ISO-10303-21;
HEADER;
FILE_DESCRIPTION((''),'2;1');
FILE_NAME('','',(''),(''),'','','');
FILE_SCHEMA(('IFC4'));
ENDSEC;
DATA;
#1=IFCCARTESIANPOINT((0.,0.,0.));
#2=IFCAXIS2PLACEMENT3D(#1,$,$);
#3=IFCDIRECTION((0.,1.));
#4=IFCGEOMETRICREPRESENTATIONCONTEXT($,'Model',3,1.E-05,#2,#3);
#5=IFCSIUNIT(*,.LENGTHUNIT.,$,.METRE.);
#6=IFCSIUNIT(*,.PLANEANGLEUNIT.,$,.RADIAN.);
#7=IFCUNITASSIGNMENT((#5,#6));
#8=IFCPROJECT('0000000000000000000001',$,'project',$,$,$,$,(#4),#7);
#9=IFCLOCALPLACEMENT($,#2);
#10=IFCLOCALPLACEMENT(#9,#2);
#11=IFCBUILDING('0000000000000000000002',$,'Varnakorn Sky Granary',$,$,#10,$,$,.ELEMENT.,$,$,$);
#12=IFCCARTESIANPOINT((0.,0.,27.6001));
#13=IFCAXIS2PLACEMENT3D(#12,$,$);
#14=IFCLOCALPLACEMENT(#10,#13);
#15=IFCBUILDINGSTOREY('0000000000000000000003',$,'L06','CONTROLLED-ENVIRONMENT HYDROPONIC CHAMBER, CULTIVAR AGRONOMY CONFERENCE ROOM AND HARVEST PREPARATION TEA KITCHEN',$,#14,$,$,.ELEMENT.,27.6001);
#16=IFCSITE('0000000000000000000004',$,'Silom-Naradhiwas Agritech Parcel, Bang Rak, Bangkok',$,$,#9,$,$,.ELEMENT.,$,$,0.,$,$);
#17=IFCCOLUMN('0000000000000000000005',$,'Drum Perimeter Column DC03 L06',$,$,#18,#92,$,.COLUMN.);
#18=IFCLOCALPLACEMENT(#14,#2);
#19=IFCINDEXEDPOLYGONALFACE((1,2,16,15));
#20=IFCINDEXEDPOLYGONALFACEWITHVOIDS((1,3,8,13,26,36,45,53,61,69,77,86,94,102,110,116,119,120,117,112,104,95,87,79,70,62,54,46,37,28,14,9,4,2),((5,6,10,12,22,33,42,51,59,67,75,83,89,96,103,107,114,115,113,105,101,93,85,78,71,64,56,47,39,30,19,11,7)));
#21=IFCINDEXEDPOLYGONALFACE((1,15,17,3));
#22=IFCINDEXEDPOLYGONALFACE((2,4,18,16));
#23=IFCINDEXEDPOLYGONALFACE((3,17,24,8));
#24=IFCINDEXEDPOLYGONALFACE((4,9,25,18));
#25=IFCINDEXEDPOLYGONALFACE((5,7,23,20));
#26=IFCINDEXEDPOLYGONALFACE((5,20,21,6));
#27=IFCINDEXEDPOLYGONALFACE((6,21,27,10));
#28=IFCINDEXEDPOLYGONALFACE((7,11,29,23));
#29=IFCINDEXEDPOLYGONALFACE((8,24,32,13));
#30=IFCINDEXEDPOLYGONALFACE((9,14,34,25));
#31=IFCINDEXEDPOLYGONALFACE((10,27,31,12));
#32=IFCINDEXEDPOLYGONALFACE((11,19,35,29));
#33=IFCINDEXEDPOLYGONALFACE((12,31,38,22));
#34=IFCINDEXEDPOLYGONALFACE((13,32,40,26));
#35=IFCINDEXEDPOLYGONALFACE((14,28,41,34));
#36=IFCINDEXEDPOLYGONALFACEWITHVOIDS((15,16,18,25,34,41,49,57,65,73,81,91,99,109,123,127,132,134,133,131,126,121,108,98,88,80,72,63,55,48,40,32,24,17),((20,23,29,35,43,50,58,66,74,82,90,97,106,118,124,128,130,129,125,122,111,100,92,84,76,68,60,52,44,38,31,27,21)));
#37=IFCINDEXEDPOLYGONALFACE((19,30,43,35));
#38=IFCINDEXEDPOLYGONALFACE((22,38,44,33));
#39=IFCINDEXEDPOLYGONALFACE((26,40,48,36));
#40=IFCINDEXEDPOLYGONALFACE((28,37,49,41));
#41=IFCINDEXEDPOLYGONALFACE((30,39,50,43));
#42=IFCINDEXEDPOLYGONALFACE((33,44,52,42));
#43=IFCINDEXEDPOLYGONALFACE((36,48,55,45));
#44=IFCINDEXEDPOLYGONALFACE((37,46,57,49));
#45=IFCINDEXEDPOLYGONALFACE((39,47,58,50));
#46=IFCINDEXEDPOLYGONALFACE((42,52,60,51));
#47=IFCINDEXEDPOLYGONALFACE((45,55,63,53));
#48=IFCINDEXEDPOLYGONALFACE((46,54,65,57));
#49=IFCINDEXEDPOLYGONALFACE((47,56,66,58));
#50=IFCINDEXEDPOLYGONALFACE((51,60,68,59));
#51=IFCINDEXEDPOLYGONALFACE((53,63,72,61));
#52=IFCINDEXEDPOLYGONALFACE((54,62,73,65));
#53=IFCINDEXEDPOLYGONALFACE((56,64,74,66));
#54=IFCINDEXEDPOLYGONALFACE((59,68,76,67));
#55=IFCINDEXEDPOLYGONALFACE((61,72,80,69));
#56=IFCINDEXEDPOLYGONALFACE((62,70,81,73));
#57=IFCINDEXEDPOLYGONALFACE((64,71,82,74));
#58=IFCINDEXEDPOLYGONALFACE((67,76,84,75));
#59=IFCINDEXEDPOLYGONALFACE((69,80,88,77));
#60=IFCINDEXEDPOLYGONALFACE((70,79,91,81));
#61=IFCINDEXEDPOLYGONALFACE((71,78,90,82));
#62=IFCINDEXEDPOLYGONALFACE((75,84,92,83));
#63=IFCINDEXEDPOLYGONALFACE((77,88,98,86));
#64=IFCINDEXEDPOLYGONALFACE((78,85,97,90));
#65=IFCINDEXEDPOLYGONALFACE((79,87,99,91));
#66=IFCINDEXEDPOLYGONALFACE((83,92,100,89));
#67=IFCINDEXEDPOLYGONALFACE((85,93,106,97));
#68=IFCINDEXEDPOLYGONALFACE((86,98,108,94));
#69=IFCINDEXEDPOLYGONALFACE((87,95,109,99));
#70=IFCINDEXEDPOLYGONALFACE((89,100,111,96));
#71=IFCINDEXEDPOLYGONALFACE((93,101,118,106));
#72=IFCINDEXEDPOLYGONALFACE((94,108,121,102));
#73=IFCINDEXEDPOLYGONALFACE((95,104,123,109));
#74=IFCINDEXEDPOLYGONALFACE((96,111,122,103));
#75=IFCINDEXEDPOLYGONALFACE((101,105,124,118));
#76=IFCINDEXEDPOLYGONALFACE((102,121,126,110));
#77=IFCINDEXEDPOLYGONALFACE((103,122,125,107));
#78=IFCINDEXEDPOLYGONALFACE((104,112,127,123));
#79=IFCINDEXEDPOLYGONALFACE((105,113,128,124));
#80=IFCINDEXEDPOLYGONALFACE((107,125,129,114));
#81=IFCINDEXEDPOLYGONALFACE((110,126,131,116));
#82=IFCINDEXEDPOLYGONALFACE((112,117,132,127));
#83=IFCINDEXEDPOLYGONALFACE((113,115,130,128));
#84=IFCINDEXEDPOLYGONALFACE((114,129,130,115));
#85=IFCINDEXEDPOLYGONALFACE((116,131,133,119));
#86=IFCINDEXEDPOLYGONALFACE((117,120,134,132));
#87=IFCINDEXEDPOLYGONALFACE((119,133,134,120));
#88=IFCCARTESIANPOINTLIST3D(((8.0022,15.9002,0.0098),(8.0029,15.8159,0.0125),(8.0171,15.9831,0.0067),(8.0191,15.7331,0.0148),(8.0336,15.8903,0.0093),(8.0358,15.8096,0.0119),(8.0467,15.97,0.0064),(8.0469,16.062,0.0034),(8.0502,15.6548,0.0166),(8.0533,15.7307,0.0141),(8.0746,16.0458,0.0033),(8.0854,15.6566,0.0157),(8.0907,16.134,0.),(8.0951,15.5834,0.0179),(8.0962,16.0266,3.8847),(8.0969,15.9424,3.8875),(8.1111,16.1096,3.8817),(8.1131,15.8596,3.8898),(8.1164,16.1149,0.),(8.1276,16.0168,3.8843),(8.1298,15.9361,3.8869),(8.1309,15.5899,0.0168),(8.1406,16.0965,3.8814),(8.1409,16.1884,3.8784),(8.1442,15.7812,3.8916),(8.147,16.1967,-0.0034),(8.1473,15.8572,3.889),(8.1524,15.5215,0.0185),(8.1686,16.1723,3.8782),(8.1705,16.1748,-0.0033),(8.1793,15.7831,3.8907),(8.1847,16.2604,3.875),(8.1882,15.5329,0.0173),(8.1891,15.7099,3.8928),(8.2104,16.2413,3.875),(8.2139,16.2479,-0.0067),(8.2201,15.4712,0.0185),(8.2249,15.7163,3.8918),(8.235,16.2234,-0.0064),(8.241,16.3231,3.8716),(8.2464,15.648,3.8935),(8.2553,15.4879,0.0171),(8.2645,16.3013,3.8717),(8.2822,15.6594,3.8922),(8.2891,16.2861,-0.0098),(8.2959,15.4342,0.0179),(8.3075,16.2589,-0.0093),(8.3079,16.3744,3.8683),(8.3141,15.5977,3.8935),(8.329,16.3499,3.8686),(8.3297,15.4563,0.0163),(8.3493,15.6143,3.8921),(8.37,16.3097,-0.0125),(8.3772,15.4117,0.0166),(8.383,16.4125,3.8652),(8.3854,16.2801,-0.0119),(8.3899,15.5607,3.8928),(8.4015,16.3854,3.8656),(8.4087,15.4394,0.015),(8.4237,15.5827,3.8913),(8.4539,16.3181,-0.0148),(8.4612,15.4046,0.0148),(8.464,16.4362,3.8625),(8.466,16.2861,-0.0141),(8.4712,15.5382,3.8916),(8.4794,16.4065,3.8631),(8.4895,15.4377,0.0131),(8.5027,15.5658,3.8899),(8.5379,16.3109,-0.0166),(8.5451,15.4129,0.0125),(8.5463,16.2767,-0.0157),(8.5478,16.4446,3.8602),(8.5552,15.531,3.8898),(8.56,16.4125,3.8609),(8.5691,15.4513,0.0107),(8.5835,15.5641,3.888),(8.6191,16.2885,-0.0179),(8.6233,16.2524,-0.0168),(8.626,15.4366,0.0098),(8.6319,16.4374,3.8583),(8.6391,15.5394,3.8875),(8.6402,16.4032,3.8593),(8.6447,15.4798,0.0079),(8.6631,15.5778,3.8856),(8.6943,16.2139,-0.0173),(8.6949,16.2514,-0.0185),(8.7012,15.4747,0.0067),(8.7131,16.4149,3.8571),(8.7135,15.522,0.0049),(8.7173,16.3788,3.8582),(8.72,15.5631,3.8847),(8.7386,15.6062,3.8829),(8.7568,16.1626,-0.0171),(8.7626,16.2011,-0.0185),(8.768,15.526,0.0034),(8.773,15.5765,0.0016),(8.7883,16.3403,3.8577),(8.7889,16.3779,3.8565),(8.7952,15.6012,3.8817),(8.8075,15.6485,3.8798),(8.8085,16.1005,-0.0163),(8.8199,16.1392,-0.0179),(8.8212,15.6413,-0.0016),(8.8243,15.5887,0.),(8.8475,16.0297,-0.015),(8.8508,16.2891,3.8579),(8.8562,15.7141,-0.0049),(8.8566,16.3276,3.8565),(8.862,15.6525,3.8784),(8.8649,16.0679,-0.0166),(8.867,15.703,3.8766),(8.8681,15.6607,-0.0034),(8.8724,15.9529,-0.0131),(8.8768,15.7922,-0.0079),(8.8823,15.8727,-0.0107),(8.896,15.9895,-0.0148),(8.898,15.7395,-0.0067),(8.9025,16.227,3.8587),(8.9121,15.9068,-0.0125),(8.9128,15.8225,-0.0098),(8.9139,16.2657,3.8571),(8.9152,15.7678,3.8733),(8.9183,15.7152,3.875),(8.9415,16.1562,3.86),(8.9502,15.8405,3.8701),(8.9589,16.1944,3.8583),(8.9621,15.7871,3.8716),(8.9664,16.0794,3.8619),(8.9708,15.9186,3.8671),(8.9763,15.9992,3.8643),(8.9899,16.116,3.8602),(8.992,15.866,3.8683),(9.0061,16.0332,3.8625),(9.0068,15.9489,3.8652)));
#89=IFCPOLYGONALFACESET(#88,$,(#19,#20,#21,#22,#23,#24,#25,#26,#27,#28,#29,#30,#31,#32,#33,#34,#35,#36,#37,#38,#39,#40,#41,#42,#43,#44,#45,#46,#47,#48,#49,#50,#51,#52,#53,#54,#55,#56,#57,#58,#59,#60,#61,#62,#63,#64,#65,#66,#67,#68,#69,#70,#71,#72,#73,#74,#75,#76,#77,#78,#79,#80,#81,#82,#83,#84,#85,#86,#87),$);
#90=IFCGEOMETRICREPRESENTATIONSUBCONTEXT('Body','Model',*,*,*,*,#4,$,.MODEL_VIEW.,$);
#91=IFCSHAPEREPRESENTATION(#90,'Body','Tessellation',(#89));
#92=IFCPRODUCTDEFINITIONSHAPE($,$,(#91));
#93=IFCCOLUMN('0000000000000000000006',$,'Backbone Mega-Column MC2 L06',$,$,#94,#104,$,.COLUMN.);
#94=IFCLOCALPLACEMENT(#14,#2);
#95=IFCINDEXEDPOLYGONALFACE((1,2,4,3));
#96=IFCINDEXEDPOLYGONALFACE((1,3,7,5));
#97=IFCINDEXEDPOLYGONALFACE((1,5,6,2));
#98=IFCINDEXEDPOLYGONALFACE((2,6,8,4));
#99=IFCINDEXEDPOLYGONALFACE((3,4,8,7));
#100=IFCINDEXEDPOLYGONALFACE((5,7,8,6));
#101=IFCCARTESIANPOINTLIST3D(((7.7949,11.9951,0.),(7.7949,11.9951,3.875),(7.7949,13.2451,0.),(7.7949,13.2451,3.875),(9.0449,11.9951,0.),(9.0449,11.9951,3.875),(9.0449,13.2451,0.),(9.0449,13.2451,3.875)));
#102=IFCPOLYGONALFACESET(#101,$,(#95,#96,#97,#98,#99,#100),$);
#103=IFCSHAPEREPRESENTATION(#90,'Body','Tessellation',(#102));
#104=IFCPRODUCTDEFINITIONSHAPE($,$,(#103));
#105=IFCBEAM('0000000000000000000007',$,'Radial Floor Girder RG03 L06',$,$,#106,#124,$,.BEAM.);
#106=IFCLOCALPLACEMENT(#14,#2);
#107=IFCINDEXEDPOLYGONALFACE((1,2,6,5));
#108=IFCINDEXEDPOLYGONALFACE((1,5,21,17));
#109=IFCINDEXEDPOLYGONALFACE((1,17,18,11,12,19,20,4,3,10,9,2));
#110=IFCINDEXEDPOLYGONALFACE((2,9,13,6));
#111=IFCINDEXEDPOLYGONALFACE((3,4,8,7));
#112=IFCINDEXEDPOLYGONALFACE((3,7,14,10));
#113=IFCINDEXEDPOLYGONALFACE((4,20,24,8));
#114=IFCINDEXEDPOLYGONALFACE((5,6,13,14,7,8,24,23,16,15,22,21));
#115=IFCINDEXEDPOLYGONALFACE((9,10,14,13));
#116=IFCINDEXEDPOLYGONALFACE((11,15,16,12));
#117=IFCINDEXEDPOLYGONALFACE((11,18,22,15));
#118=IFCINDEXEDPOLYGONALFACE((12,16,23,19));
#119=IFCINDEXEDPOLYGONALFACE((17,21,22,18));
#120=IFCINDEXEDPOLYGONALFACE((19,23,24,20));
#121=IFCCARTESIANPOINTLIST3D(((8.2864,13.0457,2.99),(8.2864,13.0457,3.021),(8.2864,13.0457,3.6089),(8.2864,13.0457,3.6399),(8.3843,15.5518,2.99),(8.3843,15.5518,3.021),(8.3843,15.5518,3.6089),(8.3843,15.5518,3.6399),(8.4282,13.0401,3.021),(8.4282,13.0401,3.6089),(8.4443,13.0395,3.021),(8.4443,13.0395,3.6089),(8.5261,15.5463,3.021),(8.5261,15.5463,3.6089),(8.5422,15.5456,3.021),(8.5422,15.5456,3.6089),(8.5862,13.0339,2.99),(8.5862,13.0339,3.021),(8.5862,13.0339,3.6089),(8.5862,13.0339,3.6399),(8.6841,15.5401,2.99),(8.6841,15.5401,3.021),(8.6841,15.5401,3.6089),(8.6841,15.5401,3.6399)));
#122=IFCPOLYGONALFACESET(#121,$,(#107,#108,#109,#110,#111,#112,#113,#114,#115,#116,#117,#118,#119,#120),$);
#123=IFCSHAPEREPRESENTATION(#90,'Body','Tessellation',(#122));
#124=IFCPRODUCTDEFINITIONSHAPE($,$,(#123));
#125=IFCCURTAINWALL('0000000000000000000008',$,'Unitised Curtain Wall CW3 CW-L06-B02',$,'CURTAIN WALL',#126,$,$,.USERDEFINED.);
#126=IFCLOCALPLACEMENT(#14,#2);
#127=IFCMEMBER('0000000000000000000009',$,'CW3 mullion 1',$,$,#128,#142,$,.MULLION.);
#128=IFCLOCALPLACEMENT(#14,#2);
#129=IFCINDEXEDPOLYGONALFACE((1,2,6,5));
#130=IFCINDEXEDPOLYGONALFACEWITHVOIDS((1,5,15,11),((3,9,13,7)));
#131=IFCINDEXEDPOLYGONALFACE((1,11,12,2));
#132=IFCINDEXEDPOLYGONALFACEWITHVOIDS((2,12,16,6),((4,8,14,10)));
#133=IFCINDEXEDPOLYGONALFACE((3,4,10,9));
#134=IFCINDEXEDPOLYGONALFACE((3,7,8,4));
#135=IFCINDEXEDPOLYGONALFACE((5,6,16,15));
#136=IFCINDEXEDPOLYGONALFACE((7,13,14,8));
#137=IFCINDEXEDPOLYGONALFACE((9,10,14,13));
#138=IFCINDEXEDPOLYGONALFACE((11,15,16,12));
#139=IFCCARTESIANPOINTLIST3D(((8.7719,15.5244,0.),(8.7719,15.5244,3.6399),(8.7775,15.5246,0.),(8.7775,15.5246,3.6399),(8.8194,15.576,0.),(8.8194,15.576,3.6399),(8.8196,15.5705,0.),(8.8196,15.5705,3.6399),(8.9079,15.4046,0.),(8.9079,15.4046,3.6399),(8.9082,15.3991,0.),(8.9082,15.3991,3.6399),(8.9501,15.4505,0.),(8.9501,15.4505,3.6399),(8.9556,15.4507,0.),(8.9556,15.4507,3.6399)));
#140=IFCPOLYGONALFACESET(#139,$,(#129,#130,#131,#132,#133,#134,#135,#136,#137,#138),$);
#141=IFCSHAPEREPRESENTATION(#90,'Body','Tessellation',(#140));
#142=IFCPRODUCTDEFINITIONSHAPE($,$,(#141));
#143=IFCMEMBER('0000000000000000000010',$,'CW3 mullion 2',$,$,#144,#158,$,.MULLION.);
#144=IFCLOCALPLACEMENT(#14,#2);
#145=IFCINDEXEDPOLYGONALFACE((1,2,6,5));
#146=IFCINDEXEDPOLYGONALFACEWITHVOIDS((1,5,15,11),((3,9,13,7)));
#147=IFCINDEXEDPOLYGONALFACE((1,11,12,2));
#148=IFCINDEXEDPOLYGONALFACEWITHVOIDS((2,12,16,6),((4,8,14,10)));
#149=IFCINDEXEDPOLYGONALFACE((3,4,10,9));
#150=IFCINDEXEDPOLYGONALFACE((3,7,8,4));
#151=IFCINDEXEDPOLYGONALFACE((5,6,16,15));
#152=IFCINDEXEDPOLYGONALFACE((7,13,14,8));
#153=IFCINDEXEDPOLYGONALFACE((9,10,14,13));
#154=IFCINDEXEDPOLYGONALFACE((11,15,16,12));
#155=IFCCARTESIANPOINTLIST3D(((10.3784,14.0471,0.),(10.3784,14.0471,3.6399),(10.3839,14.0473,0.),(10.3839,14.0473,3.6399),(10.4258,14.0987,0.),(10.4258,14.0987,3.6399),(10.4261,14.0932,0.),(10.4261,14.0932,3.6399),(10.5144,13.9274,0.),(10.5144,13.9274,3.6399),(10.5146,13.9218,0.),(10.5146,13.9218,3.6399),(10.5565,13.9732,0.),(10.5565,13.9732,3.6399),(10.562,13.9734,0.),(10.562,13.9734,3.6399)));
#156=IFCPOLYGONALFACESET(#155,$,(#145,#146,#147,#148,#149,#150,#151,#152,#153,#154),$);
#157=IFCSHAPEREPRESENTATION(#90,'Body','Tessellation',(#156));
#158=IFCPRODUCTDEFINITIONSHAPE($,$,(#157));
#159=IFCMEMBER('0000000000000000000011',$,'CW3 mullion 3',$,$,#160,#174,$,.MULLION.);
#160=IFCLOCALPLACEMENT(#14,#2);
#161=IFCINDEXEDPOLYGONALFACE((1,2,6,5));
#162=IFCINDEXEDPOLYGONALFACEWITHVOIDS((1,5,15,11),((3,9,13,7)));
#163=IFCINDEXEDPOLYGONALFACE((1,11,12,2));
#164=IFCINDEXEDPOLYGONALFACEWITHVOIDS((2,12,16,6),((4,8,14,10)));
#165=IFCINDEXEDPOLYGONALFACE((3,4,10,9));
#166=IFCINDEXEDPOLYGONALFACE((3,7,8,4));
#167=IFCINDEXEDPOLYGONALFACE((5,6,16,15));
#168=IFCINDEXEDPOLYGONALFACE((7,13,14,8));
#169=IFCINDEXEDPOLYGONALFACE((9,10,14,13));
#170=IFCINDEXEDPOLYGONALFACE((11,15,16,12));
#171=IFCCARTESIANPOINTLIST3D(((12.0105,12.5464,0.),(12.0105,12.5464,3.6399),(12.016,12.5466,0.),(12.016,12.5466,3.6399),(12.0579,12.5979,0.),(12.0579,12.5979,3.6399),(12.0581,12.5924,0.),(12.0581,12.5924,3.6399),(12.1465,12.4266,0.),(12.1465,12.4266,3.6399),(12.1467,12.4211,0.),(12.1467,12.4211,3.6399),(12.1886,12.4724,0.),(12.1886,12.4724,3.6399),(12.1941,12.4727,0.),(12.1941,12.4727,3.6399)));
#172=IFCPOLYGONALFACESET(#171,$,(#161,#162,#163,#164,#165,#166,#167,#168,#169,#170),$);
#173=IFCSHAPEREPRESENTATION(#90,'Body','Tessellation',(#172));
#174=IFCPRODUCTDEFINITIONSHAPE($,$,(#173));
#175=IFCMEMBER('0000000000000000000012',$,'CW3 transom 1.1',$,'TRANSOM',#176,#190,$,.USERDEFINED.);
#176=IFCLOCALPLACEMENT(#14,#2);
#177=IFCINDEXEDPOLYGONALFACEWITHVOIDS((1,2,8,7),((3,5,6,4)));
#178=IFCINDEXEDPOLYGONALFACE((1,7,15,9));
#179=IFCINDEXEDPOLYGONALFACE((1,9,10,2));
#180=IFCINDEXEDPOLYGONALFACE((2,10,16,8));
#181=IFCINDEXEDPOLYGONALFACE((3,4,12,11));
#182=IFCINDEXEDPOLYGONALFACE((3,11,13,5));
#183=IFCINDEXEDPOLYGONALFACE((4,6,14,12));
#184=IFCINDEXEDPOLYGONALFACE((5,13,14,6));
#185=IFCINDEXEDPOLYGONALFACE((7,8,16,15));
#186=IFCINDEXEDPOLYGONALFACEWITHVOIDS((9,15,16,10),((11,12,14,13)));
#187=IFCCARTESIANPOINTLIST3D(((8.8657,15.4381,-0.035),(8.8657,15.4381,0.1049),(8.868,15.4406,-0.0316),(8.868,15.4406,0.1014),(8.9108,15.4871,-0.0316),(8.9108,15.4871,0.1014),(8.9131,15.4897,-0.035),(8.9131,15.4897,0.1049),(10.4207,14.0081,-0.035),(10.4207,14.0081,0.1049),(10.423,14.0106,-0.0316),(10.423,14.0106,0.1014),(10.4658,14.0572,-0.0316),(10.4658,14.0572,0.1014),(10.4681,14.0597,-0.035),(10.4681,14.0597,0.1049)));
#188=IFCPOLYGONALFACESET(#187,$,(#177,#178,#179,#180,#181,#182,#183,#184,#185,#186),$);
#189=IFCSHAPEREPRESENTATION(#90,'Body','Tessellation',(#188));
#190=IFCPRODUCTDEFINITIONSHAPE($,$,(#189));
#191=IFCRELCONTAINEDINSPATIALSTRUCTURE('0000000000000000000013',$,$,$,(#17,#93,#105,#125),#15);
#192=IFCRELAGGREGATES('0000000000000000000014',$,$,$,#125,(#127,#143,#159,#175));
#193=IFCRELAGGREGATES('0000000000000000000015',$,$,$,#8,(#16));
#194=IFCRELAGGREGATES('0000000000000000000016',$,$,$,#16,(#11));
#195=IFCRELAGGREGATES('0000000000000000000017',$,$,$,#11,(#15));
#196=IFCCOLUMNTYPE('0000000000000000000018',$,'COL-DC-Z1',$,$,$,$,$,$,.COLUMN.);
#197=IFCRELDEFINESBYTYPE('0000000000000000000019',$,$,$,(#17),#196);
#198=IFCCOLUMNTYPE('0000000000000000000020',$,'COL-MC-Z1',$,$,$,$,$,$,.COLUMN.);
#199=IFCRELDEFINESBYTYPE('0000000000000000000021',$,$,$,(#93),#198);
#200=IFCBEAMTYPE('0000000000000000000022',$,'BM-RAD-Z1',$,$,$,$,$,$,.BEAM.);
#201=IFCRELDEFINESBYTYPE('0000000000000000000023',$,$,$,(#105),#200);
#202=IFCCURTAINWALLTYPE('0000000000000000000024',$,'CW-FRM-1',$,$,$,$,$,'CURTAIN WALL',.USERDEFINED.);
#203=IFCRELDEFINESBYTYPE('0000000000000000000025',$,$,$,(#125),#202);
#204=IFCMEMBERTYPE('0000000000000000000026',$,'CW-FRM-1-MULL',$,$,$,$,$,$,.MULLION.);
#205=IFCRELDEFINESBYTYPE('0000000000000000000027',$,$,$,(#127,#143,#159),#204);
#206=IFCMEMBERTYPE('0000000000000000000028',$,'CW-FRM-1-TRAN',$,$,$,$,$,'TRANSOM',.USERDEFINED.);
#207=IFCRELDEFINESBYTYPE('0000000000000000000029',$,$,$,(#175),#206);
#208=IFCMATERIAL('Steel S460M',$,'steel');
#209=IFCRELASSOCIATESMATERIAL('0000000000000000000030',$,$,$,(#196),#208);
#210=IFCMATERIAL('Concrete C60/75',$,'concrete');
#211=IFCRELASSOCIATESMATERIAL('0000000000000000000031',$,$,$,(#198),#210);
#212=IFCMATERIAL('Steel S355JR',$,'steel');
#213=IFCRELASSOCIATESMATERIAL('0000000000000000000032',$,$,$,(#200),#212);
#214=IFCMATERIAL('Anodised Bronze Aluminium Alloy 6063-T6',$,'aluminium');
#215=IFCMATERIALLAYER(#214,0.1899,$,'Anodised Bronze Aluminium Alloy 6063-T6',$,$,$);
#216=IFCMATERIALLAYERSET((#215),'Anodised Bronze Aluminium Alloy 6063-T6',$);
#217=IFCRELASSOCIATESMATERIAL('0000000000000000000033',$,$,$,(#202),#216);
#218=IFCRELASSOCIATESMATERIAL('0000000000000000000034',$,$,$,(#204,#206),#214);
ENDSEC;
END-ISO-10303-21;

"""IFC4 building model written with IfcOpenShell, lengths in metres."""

from ifc_helpers import new_model, si_unit, direction, frame, origin, origin_2d, place, context, subcontext, project, spatial, rectangle, hollow_rectangle, hollow_circle, i_section, extrude, material, layer, layer_set, material_profile, profile_set, type_object, element, aggregate, save


model = new_model("IFC4")

# Units and contexts
model_context = context("Model", 3, precision=1e-05, world=origin(), true_north=direction((0.0, 1.0)))
body_context = subcontext(model_context, "Body", "Model", "MODEL_VIEW")
ifc_project = project(units=[si_unit("LENGTHUNIT", "METRE"), si_unit("PLANEANGLEUNIT", "RADIAN")], contexts=[model_context])

# Site, building, storey
site_placement = place(None, origin())
site = spatial("IfcSite", under=ifc_project, at=site_placement, Name="Silom-Naradhiwas Agritech Parcel, Bang Rak, Bangkok", CompositionType="ELEMENT", RefElevation=0.0)
building_placement = place(site_placement, origin())
building = spatial("IfcBuilding", under=site, at=building_placement, Name="Varnakorn Sky Granary", CompositionType="ELEMENT")
storey_placement = place(building_placement, frame((0.0, 0.0, 27.6001)))
storey = spatial("IfcBuildingStorey", under=building, at=storey_placement, Name="L06", Description="CONTROLLED-ENVIRONMENT HYDROPONIC CHAMBER, CULTIVAR AGRONOMY CONFERENCE ROOM AND HARVEST PREPARATION TEA KITCHEN", CompositionType="ELEMENT", Elevation=27.6001)

# Columns
ifc_material_1 = material(Name="Steel S460M", Category="steel")
ifc_material_profile_1 = material_profile(ifc_material_1, hollow_circle(Radius=0.457, WallThickness=0.032, at=origin_2d()), Name="CHS 914x32")
ifc_profile_set_1 = profile_set([ifc_material_profile_1], Name="Steel S460M")
column_type_1 = type_object("IfcColumnType", Name="COL-DC-Z1", PredefinedType="COLUMN", material=ifc_profile_set_1)
column_1_placement = place(storey_placement, frame((8.4575, 15.8613, 0.0), z_axis=(0.024237, 0.032609, 0.999174), x_axis=(-0.802595, 0.596524, 0.0)))
element("IfcColumn", 1, at=column_1_placement, inside=storey, type_object=column_type_1, Name="Drum Perimeter Column DC03 L06", PredefinedType="COLUMN", context=body_context, shape_type="SweptSolid", body=[
    extrude(hollow_circle(Radius=0.457, WallThickness=0.032, at=origin_2d()), origin(), (0.0, 0.0, 1.0), 3.8782),
])
ifc_material_2 = material(Name="Concrete C60/75", Category="concrete")
ifc_material_profile_2 = material_profile(ifc_material_2, rectangle(XDim=1.25, YDim=1.25, at=origin_2d()), Name="RC 1250x1250")
ifc_profile_set_2 = profile_set([ifc_material_profile_2], Name="Concrete C60/75")
column_type_2 = type_object("IfcColumnType", Name="COL-MC-Z1", PredefinedType="COLUMN", material=ifc_profile_set_2)
column_2_placement = place(storey_placement, frame((8.4199, 12.6201, 0.0), z_axis=(0.0, 0.0, 1.0), x_axis=(1.0, 0.0, 0.0)))
element("IfcColumn", 2, at=column_2_placement, inside=storey, type_object=column_type_2, Name="Backbone Mega-Column MC2 L06", PredefinedType="COLUMN", context=body_context, shape_type="SweptSolid", body=[
    extrude(rectangle(XDim=1.25, YDim=1.25, at=origin_2d()), origin(), (0.0, 0.0, 1.0), 3.875),
])

# Beam
ifc_material_3 = material(Name="Steel S355JR", Category="steel")
ifc_material_profile_3 = material_profile(ifc_material_3, i_section(OverallWidth=0.3, OverallDepth=0.6499, WebThickness=0.0161, FlangeThickness=0.031, at=origin_2d()), Name="HE 650 B")
ifc_profile_set_3 = profile_set([ifc_material_profile_3], Name="Steel S355JR")
beam_type = type_object("IfcBeamType", Name="BM-RAD-Z1", PredefinedType="BEAM", material=ifc_profile_set_3)
beam_placement = place(storey_placement, frame((8.4363, 13.0398, 3.3149), z_axis=(0.039035, 0.999238, 0.0), x_axis=(-0.999238, 0.039035, 0.0)))
element("IfcBeam", 3, at=beam_placement, inside=storey, type_object=beam_type, Name="Radial Floor Girder RG03 L06", PredefinedType="BEAM", context=body_context, shape_type="SweptSolid", body=[
    extrude(i_section(OverallWidth=0.3, OverallDepth=0.6499, WebThickness=0.0161, FlangeThickness=0.031, at=origin_2d()), origin(), (0.0, 0.0, 1.0), 2.5081),
])

# Curtain wall, members
ifc_material_4 = material(Name="Anodised Bronze Aluminium Alloy 6063-T6", Category="aluminium")
ifc_layer_1 = layer(ifc_material_4, 0.1899, Name="Anodised Bronze Aluminium Alloy 6063-T6")
ifc_layer_set_1 = layer_set([ifc_layer_1], Name="Anodised Bronze Aluminium Alloy 6063-T6")
curtain_wall_type = type_object("IfcCurtainWallType", Name="CW-FRM-1", ElementType="CURTAIN WALL", PredefinedType="USERDEFINED", material=ifc_layer_set_1)
curtain_wall_placement = place(storey_placement, origin())
curtain_wall = element("IfcCurtainWall", 4, at=curtain_wall_placement, inside=storey, type_object=curtain_wall_type, Name="Unitised Curtain Wall CW3 CW-L06-B02", ObjectType="CURTAIN WALL", PredefinedType="USERDEFINED")
ifc_material_profile_4 = material_profile(ifc_material_4, hollow_rectangle(XDim=0.0701, YDim=0.1851, WallThickness=0.0039, at=origin_2d()), Name="ALU MULL 70x185")
ifc_profile_set_4 = profile_set([ifc_material_profile_4], Name="Anodised Bronze Aluminium Alloy 6063-T6")
member_type_1 = type_object("IfcMemberType", Name="CW-FRM-1-MULL", PredefinedType="MULLION", material=ifc_profile_set_4)
member_1_placement = place(storey_placement, frame((8.8638, 15.4875, 0.0), z_axis=(0.0, 0.0, 1.0), x_axis=(0.676914, 0.736062, 0.0)))
member_1 = element("IfcMember", 5, at=member_1_placement, type_object=member_type_1, Name="CW3 mullion 1", PredefinedType="MULLION", context=body_context, shape_type="SweptSolid", body=[
    extrude(hollow_rectangle(XDim=0.0701, YDim=0.1851, WallThickness=0.0039, at=origin_2d()), origin(), (0.0, 0.0, 1.0), 3.6399),
])
member_2_placement = place(storey_placement, frame((10.4702, 14.0103, 0.0), z_axis=(0.0, 0.0, 1.0), x_axis=(0.676914, 0.736062, 0.0)))
member_2 = element("IfcMember", 6, at=member_2_placement, type_object=member_type_1, Name="CW3 mullion 2", PredefinedType="MULLION", context=body_context, shape_type="SweptSolid", body=[
    extrude(hollow_rectangle(XDim=0.0701, YDim=0.1851, WallThickness=0.0039, at=origin_2d()), origin(), (0.0, 0.0, 1.0), 3.6399),
])
member_3_placement = place(storey_placement, frame((12.1023, 12.5095, 0.0), z_axis=(0.0, 0.0, 1.0), x_axis=(0.676914, 0.736062, 0.0)))
member_3 = element("IfcMember", 7, at=member_3_placement, type_object=member_type_1, Name="CW3 mullion 3", PredefinedType="MULLION", context=body_context, shape_type="SweptSolid", body=[
    extrude(hollow_rectangle(XDim=0.0701, YDim=0.1851, WallThickness=0.0039, at=origin_2d()), origin(), (0.0, 0.0, 1.0), 3.6399),
])
ifc_material_profile_5 = material_profile(ifc_material_4, hollow_rectangle(XDim=0.0701, YDim=0.1399, WallThickness=0.0034, at=origin_2d()), Name="ALU TRAN 70x140")
ifc_profile_set_5 = profile_set([ifc_material_profile_5], Name="Anodised Bronze Aluminium Alloy 6063-T6")
member_type_2 = type_object("IfcMemberType", Name="CW-FRM-1-TRAN", ElementType="TRANSOM", PredefinedType="USERDEFINED", material=ifc_profile_set_5)
member_4_placement = place(storey_placement, frame((8.8894, 15.4639, 0.0349), z_axis=(0.736074, -0.676901, 0.0), x_axis=(0.676901, 0.736074, 0.0)))
member_4 = element("IfcMember", 8, at=member_4_placement, type_object=member_type_2, Name="CW3 transom 1.1", ObjectType="TRANSOM", PredefinedType="USERDEFINED", context=body_context, shape_type="SweptSolid", body=[
    extrude(hollow_rectangle(XDim=0.0701, YDim=0.1399, WallThickness=0.0034, at=origin_2d()), origin(), (0.0, 0.0, 1.0), 2.1125),
])

aggregate(curtain_wall, [member_1, member_2, member_3, member_4])

save(model, "model.ifc")
